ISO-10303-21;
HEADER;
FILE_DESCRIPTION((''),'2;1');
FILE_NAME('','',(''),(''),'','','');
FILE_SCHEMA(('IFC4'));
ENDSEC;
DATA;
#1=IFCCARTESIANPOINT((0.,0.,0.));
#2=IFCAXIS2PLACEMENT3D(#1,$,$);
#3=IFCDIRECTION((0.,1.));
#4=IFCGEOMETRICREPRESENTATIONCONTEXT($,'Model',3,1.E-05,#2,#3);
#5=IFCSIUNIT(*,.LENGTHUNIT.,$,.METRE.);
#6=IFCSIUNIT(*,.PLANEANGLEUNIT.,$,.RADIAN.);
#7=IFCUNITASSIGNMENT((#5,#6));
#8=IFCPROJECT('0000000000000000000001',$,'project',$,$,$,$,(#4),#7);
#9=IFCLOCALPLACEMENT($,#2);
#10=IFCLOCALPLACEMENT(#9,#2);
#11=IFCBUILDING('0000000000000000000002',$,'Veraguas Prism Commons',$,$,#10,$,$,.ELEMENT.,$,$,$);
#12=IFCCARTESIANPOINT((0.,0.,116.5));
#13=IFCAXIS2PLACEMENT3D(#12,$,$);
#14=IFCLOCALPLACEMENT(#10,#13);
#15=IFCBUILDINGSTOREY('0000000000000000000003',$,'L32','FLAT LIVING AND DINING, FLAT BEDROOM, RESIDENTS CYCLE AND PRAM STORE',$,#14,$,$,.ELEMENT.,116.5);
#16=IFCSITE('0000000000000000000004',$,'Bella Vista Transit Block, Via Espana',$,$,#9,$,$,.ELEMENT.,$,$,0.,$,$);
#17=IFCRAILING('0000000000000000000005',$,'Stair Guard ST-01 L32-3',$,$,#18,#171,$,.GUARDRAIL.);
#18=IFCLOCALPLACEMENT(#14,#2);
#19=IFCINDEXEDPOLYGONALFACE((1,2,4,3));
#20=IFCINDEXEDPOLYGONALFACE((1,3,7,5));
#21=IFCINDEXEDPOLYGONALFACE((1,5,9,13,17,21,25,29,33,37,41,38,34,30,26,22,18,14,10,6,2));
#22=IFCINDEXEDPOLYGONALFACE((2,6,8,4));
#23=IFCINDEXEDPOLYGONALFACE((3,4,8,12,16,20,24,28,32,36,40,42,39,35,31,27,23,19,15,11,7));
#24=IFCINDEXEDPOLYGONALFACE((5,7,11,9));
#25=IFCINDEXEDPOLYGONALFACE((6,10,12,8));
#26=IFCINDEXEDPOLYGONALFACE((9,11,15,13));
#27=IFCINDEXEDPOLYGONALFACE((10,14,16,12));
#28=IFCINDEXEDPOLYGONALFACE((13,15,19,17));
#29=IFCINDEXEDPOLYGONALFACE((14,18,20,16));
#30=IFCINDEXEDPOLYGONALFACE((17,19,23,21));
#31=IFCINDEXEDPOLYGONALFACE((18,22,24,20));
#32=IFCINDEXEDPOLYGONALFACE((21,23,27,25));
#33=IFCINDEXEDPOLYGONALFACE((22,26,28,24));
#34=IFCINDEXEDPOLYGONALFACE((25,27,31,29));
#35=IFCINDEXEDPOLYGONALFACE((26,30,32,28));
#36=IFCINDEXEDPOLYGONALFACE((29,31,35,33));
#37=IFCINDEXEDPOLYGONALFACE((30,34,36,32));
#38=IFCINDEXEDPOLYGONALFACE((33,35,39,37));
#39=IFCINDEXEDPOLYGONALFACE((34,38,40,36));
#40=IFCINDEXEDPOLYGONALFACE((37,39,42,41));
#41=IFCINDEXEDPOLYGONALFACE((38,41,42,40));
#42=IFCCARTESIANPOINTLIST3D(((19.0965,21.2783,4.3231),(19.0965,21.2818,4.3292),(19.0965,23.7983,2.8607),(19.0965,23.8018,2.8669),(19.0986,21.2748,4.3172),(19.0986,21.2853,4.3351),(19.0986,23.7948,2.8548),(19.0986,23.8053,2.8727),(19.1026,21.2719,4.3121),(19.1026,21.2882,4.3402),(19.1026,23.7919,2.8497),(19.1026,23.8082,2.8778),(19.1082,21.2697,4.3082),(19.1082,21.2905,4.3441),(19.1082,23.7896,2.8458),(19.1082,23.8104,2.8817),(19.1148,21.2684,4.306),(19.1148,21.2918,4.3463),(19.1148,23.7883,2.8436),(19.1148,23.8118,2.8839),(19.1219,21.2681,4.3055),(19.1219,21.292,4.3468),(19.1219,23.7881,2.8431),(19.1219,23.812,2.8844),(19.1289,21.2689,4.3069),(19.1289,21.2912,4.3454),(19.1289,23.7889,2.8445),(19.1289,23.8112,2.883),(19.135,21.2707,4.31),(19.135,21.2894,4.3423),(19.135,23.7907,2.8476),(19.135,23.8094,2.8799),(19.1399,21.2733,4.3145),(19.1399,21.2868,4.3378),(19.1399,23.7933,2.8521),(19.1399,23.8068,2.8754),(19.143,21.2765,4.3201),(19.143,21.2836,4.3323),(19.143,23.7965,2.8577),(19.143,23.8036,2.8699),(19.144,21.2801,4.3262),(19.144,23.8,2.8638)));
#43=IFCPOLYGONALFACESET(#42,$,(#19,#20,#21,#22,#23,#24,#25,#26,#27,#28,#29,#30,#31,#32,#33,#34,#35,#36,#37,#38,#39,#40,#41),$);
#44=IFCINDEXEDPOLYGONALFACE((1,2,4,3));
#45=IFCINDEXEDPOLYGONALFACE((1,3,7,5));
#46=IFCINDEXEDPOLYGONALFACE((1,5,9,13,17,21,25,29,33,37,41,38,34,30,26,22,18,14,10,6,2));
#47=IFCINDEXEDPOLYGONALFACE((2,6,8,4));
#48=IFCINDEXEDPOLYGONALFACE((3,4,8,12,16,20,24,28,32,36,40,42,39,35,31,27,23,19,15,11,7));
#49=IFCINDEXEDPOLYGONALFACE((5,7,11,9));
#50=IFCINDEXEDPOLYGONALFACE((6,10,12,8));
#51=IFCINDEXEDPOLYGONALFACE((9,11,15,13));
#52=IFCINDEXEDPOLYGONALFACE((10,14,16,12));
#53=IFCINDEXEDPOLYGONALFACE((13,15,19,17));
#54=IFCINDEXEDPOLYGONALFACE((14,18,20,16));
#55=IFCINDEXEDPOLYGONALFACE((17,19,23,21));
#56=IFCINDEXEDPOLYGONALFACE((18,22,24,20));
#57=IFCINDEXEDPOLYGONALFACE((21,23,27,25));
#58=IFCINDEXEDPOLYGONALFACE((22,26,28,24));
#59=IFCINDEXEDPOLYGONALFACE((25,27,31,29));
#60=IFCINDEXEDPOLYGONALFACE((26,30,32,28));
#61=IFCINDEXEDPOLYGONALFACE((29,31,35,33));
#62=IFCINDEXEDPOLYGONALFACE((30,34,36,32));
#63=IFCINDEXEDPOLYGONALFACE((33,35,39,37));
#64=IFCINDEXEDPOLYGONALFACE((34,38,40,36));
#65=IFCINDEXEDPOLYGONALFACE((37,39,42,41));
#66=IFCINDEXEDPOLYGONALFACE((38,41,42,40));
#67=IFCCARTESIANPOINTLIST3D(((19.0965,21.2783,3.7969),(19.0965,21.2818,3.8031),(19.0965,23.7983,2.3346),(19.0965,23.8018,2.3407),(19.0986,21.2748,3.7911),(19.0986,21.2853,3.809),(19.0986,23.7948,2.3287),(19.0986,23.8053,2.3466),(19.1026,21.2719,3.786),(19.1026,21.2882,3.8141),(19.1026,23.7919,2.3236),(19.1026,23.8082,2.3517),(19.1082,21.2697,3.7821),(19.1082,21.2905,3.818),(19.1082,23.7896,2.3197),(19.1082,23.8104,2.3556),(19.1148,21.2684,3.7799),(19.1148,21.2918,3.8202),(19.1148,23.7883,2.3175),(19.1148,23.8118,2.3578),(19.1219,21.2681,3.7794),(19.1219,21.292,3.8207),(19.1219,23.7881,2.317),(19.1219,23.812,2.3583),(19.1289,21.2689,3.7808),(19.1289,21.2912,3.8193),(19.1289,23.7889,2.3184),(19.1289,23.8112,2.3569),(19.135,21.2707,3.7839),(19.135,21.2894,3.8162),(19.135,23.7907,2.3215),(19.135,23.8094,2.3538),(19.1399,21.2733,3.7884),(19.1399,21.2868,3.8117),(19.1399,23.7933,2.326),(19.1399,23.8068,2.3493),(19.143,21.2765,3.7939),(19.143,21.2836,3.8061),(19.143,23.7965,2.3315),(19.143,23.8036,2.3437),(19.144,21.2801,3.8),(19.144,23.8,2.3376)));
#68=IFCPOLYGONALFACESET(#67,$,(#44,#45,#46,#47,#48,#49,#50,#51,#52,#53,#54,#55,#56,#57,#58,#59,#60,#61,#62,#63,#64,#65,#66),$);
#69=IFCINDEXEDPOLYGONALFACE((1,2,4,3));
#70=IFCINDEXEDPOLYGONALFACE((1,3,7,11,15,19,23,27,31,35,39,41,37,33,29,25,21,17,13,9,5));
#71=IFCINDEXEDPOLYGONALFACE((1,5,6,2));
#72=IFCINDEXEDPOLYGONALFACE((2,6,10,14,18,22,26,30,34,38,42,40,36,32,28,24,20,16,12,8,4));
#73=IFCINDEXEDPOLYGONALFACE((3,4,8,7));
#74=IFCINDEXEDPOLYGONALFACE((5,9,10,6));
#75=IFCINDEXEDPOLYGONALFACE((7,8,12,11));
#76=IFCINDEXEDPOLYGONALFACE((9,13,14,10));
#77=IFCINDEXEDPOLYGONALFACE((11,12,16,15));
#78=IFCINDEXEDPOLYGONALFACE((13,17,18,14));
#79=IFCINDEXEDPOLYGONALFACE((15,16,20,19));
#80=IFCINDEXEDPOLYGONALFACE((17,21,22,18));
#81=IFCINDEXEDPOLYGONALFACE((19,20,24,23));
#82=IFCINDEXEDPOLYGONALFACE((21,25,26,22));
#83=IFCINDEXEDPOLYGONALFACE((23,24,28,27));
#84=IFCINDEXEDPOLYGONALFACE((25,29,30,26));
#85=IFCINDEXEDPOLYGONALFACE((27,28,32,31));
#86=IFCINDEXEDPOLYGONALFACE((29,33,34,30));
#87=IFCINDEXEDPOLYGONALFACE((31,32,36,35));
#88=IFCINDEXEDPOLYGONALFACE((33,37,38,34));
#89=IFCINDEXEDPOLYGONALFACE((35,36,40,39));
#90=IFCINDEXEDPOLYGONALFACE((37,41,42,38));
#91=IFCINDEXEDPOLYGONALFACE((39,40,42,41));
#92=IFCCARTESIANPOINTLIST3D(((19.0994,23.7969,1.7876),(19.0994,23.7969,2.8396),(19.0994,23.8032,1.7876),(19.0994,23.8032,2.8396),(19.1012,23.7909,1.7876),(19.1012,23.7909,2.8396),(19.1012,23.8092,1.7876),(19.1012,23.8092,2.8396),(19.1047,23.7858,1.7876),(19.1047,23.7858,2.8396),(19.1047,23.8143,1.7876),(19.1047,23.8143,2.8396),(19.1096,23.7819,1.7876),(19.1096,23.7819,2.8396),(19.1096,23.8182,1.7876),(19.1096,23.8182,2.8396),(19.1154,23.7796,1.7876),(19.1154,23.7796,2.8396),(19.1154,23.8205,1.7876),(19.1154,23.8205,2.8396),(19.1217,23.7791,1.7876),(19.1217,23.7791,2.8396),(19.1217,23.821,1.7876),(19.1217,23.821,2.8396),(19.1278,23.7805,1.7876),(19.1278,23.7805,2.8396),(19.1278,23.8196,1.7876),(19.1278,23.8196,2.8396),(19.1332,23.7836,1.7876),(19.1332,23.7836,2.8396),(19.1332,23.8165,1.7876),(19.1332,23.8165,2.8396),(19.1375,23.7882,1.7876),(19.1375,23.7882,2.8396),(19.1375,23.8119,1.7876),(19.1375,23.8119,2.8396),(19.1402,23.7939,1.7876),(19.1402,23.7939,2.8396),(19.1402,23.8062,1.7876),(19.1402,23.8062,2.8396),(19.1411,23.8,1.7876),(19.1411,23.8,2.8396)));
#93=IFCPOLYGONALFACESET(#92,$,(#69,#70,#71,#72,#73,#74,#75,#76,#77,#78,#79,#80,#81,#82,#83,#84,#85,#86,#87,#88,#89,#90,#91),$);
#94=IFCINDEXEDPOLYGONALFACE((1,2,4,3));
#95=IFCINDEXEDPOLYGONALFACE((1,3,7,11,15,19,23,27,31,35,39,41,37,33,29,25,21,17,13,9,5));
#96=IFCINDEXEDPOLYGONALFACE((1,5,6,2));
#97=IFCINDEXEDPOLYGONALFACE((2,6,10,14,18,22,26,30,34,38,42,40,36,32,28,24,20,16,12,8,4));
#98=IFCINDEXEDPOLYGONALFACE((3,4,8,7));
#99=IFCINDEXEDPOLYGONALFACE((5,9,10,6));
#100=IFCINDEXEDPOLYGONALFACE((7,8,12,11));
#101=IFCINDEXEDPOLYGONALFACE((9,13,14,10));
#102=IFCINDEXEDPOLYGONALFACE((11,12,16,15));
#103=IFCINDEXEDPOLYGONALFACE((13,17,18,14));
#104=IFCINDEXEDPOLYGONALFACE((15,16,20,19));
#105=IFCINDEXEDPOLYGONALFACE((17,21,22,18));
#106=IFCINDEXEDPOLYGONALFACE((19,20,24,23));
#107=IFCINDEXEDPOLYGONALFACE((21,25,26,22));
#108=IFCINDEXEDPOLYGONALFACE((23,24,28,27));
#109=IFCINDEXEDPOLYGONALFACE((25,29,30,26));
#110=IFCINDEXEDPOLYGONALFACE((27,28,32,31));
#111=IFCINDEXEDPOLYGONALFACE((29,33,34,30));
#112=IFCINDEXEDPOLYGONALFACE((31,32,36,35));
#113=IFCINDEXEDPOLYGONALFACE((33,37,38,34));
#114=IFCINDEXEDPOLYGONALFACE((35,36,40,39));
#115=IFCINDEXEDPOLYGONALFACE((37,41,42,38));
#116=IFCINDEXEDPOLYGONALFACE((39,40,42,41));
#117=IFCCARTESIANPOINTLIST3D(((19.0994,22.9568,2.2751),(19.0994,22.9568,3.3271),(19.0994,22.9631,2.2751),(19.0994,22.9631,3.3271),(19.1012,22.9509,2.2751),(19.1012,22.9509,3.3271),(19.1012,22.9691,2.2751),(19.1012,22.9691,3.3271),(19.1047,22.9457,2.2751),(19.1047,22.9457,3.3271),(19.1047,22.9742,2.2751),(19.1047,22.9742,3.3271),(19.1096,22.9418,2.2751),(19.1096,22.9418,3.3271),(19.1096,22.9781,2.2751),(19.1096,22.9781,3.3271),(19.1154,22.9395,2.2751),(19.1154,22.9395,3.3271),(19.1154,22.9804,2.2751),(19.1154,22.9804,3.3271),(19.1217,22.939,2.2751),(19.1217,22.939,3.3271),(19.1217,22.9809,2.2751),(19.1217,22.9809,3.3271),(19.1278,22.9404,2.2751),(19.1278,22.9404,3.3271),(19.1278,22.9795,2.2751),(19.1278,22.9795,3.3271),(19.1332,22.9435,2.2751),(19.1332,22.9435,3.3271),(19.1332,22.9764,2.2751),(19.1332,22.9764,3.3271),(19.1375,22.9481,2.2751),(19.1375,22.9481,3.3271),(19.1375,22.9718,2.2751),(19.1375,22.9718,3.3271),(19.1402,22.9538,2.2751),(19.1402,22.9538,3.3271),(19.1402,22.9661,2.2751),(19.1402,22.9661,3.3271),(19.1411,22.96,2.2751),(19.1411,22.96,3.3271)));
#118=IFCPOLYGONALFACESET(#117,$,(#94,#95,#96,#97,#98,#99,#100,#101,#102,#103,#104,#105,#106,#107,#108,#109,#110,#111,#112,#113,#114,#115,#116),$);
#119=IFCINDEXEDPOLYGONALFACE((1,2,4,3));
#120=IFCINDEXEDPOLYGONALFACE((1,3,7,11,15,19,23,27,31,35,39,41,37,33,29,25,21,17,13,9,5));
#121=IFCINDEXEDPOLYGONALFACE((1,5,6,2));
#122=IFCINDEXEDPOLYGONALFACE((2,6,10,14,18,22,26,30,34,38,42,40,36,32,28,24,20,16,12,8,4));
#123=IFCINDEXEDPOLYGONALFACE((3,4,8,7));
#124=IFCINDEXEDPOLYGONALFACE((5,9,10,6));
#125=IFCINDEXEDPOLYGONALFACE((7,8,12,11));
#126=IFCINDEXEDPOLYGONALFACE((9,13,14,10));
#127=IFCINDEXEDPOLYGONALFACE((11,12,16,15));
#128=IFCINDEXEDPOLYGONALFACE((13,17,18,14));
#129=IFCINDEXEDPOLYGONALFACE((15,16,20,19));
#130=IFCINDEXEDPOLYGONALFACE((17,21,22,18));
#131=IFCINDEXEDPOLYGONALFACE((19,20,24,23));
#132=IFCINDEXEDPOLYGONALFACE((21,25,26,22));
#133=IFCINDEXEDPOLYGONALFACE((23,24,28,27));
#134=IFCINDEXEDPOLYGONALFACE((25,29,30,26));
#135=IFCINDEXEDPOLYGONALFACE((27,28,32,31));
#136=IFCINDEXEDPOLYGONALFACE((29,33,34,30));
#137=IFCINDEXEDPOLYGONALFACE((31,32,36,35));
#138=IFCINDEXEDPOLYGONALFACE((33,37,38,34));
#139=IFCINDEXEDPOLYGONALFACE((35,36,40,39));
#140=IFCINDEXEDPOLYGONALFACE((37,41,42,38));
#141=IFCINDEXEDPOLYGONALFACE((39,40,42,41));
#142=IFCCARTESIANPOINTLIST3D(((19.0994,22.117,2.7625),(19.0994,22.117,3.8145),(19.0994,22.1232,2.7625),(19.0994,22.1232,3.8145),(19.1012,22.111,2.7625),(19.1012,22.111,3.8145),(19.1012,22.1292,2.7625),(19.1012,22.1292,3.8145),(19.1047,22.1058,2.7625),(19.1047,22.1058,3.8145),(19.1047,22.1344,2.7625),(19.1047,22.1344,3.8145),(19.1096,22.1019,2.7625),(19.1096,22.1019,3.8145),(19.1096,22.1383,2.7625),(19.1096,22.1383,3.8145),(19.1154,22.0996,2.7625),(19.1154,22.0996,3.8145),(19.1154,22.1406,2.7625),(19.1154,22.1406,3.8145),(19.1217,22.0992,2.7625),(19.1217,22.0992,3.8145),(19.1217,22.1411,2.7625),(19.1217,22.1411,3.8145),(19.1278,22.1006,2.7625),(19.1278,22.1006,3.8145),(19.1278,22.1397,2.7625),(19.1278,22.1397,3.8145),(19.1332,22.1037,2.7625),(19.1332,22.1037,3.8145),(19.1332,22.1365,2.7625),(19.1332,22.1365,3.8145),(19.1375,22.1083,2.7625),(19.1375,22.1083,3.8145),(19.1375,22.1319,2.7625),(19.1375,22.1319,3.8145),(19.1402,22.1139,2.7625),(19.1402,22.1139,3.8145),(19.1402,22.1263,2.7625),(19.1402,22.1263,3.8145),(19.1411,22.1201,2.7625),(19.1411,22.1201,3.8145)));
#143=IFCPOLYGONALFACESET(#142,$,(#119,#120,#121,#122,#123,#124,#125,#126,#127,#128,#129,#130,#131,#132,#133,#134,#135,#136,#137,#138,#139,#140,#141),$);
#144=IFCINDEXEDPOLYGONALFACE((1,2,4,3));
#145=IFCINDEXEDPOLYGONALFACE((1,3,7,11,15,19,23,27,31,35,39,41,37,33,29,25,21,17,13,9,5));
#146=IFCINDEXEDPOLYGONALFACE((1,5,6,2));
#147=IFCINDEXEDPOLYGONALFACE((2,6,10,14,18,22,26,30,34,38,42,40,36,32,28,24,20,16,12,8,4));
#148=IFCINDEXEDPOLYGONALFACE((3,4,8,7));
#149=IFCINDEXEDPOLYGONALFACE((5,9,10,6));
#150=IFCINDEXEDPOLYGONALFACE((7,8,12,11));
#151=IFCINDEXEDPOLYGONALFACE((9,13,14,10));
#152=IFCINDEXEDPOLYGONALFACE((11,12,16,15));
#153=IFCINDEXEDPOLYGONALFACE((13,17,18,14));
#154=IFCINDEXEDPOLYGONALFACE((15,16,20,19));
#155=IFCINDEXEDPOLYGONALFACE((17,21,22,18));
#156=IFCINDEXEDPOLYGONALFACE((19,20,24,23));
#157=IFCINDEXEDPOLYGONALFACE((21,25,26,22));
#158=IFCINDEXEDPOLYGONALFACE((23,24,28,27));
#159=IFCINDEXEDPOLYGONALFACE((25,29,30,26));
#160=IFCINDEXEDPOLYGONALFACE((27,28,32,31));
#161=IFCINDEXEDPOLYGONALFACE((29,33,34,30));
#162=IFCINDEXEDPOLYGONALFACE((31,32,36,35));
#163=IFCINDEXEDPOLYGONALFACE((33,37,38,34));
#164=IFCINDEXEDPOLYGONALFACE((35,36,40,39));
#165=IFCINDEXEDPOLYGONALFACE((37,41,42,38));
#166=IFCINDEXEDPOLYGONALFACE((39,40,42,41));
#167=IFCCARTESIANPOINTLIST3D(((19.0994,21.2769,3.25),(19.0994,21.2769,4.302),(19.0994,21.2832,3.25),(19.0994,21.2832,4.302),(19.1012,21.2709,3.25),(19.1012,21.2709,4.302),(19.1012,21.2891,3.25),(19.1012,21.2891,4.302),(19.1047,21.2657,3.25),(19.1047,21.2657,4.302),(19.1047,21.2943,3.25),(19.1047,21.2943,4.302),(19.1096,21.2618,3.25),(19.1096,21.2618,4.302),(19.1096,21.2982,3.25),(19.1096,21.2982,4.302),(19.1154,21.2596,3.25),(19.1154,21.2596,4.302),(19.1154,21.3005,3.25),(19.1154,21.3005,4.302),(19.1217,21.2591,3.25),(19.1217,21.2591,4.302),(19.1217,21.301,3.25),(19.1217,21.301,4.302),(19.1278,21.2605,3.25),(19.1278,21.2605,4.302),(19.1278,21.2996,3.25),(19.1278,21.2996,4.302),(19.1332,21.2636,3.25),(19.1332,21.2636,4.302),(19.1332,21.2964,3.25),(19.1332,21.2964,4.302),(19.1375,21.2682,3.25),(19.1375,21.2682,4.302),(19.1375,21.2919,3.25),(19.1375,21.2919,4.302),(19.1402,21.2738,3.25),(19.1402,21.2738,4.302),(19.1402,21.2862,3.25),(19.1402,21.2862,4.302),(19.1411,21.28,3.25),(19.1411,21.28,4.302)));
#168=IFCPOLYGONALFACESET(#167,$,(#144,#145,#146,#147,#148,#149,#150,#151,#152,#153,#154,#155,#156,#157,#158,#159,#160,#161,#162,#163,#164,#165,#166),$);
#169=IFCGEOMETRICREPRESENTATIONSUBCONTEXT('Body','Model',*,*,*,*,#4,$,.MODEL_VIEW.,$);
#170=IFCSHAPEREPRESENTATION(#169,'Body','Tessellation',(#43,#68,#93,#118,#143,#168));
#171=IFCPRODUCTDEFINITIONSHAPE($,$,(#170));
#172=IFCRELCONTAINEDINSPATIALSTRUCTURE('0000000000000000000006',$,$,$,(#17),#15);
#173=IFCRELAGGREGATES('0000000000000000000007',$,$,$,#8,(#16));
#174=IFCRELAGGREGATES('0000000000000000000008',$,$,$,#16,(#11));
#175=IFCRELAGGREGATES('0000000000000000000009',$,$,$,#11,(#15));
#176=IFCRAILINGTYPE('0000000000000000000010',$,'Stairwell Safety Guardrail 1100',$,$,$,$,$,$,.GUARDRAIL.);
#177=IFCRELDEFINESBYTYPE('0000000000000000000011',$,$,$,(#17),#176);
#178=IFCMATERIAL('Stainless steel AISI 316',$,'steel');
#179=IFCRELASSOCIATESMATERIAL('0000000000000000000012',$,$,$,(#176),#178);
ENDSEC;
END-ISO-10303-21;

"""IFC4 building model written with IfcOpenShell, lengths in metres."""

from ifc_helpers import new_model, si_unit, direction, frame, origin, origin_2d, place, context, subcontext, project, spatial, circle, extrude, material, type_object, element, save


model = new_model("IFC4")

# Units and contexts
model_context = context("Model", 3, precision=1e-05, world=origin(), true_north=direction((0.0, 1.0)))
body_context = subcontext(model_context, "Body", "Model", "MODEL_VIEW")
ifc_project = project(units=[si_unit("LENGTHUNIT", "METRE"), si_unit("PLANEANGLEUNIT", "RADIAN")], contexts=[model_context])

# Site, building, storey
site_placement = place(None, origin())
site = spatial("IfcSite", under=ifc_project, at=site_placement, Name="Bella Vista Transit Block, Via Espana", CompositionType="ELEMENT", RefElevation=0.0)
building_placement = place(site_placement, origin())
building = spatial("IfcBuilding", under=site, at=building_placement, Name="Veraguas Prism Commons", CompositionType="ELEMENT")
storey_placement = place(building_placement, frame((0.0, 0.0, 116.5)))
storey = spatial("IfcBuildingStorey", under=building, at=storey_placement, Name="L32", Description="FLAT LIVING AND DINING, FLAT BEDROOM, RESIDENTS CYCLE AND PRAM STORE", CompositionType="ELEMENT", Elevation=116.5)

# Railing
ifc_material_1 = material(Name="Stainless steel AISI 316", Category="steel")
railing_type_1 = type_object("IfcRailingType", Name="Stairwell Safety Guardrail 1100", PredefinedType="GUARDRAIL", material=ifc_material_1)
railing_1_placement = place(storey_placement, frame((19.1201, 23.8, 1.7876)))
element("IfcRailing", 1, at=railing_1_placement, inside=storey, type_object=railing_type_1, Name="Stair Guard ST-01 L32-3", PredefinedType="GUARDRAIL", context=body_context, shape_type="SweptSolid", body=[
    extrude(circle(Radius=0.0239, at=origin_2d()), frame((0.0, 0.0, 1.0762), z_axis=(0.0, -0.864913, 0.501921), x_axis=(1.0, 0.0, 0.0)), (0.0, 0.0, 1.0), 2.9136),
    extrude(circle(Radius=0.0239, at=origin_2d()), frame((0.0, 0.0, 0.55), z_axis=(0.0, -0.864913, 0.501921), x_axis=(1.0, 0.0, 0.0)), (0.0, 0.0, 1.0), 2.9136),
    extrude(circle(Radius=0.021, at=origin_2d()), origin(), (0.0, 0.0, 1.0), 1.052),
    extrude(circle(Radius=0.021, at=origin_2d()), frame((0.0, -0.8401, 0.4875)), (0.0, 0.0, 1.0), 1.052),
    extrude(circle(Radius=0.021, at=origin_2d()), frame((0.0, -1.6799, 0.9749)), (0.0, 0.0, 1.0), 1.052),
    extrude(circle(Radius=0.021, at=origin_2d()), frame((0.0, -2.52, 1.4624)), (0.0, 0.0, 1.0), 1.052),
])

save(model, "model.ifc")
